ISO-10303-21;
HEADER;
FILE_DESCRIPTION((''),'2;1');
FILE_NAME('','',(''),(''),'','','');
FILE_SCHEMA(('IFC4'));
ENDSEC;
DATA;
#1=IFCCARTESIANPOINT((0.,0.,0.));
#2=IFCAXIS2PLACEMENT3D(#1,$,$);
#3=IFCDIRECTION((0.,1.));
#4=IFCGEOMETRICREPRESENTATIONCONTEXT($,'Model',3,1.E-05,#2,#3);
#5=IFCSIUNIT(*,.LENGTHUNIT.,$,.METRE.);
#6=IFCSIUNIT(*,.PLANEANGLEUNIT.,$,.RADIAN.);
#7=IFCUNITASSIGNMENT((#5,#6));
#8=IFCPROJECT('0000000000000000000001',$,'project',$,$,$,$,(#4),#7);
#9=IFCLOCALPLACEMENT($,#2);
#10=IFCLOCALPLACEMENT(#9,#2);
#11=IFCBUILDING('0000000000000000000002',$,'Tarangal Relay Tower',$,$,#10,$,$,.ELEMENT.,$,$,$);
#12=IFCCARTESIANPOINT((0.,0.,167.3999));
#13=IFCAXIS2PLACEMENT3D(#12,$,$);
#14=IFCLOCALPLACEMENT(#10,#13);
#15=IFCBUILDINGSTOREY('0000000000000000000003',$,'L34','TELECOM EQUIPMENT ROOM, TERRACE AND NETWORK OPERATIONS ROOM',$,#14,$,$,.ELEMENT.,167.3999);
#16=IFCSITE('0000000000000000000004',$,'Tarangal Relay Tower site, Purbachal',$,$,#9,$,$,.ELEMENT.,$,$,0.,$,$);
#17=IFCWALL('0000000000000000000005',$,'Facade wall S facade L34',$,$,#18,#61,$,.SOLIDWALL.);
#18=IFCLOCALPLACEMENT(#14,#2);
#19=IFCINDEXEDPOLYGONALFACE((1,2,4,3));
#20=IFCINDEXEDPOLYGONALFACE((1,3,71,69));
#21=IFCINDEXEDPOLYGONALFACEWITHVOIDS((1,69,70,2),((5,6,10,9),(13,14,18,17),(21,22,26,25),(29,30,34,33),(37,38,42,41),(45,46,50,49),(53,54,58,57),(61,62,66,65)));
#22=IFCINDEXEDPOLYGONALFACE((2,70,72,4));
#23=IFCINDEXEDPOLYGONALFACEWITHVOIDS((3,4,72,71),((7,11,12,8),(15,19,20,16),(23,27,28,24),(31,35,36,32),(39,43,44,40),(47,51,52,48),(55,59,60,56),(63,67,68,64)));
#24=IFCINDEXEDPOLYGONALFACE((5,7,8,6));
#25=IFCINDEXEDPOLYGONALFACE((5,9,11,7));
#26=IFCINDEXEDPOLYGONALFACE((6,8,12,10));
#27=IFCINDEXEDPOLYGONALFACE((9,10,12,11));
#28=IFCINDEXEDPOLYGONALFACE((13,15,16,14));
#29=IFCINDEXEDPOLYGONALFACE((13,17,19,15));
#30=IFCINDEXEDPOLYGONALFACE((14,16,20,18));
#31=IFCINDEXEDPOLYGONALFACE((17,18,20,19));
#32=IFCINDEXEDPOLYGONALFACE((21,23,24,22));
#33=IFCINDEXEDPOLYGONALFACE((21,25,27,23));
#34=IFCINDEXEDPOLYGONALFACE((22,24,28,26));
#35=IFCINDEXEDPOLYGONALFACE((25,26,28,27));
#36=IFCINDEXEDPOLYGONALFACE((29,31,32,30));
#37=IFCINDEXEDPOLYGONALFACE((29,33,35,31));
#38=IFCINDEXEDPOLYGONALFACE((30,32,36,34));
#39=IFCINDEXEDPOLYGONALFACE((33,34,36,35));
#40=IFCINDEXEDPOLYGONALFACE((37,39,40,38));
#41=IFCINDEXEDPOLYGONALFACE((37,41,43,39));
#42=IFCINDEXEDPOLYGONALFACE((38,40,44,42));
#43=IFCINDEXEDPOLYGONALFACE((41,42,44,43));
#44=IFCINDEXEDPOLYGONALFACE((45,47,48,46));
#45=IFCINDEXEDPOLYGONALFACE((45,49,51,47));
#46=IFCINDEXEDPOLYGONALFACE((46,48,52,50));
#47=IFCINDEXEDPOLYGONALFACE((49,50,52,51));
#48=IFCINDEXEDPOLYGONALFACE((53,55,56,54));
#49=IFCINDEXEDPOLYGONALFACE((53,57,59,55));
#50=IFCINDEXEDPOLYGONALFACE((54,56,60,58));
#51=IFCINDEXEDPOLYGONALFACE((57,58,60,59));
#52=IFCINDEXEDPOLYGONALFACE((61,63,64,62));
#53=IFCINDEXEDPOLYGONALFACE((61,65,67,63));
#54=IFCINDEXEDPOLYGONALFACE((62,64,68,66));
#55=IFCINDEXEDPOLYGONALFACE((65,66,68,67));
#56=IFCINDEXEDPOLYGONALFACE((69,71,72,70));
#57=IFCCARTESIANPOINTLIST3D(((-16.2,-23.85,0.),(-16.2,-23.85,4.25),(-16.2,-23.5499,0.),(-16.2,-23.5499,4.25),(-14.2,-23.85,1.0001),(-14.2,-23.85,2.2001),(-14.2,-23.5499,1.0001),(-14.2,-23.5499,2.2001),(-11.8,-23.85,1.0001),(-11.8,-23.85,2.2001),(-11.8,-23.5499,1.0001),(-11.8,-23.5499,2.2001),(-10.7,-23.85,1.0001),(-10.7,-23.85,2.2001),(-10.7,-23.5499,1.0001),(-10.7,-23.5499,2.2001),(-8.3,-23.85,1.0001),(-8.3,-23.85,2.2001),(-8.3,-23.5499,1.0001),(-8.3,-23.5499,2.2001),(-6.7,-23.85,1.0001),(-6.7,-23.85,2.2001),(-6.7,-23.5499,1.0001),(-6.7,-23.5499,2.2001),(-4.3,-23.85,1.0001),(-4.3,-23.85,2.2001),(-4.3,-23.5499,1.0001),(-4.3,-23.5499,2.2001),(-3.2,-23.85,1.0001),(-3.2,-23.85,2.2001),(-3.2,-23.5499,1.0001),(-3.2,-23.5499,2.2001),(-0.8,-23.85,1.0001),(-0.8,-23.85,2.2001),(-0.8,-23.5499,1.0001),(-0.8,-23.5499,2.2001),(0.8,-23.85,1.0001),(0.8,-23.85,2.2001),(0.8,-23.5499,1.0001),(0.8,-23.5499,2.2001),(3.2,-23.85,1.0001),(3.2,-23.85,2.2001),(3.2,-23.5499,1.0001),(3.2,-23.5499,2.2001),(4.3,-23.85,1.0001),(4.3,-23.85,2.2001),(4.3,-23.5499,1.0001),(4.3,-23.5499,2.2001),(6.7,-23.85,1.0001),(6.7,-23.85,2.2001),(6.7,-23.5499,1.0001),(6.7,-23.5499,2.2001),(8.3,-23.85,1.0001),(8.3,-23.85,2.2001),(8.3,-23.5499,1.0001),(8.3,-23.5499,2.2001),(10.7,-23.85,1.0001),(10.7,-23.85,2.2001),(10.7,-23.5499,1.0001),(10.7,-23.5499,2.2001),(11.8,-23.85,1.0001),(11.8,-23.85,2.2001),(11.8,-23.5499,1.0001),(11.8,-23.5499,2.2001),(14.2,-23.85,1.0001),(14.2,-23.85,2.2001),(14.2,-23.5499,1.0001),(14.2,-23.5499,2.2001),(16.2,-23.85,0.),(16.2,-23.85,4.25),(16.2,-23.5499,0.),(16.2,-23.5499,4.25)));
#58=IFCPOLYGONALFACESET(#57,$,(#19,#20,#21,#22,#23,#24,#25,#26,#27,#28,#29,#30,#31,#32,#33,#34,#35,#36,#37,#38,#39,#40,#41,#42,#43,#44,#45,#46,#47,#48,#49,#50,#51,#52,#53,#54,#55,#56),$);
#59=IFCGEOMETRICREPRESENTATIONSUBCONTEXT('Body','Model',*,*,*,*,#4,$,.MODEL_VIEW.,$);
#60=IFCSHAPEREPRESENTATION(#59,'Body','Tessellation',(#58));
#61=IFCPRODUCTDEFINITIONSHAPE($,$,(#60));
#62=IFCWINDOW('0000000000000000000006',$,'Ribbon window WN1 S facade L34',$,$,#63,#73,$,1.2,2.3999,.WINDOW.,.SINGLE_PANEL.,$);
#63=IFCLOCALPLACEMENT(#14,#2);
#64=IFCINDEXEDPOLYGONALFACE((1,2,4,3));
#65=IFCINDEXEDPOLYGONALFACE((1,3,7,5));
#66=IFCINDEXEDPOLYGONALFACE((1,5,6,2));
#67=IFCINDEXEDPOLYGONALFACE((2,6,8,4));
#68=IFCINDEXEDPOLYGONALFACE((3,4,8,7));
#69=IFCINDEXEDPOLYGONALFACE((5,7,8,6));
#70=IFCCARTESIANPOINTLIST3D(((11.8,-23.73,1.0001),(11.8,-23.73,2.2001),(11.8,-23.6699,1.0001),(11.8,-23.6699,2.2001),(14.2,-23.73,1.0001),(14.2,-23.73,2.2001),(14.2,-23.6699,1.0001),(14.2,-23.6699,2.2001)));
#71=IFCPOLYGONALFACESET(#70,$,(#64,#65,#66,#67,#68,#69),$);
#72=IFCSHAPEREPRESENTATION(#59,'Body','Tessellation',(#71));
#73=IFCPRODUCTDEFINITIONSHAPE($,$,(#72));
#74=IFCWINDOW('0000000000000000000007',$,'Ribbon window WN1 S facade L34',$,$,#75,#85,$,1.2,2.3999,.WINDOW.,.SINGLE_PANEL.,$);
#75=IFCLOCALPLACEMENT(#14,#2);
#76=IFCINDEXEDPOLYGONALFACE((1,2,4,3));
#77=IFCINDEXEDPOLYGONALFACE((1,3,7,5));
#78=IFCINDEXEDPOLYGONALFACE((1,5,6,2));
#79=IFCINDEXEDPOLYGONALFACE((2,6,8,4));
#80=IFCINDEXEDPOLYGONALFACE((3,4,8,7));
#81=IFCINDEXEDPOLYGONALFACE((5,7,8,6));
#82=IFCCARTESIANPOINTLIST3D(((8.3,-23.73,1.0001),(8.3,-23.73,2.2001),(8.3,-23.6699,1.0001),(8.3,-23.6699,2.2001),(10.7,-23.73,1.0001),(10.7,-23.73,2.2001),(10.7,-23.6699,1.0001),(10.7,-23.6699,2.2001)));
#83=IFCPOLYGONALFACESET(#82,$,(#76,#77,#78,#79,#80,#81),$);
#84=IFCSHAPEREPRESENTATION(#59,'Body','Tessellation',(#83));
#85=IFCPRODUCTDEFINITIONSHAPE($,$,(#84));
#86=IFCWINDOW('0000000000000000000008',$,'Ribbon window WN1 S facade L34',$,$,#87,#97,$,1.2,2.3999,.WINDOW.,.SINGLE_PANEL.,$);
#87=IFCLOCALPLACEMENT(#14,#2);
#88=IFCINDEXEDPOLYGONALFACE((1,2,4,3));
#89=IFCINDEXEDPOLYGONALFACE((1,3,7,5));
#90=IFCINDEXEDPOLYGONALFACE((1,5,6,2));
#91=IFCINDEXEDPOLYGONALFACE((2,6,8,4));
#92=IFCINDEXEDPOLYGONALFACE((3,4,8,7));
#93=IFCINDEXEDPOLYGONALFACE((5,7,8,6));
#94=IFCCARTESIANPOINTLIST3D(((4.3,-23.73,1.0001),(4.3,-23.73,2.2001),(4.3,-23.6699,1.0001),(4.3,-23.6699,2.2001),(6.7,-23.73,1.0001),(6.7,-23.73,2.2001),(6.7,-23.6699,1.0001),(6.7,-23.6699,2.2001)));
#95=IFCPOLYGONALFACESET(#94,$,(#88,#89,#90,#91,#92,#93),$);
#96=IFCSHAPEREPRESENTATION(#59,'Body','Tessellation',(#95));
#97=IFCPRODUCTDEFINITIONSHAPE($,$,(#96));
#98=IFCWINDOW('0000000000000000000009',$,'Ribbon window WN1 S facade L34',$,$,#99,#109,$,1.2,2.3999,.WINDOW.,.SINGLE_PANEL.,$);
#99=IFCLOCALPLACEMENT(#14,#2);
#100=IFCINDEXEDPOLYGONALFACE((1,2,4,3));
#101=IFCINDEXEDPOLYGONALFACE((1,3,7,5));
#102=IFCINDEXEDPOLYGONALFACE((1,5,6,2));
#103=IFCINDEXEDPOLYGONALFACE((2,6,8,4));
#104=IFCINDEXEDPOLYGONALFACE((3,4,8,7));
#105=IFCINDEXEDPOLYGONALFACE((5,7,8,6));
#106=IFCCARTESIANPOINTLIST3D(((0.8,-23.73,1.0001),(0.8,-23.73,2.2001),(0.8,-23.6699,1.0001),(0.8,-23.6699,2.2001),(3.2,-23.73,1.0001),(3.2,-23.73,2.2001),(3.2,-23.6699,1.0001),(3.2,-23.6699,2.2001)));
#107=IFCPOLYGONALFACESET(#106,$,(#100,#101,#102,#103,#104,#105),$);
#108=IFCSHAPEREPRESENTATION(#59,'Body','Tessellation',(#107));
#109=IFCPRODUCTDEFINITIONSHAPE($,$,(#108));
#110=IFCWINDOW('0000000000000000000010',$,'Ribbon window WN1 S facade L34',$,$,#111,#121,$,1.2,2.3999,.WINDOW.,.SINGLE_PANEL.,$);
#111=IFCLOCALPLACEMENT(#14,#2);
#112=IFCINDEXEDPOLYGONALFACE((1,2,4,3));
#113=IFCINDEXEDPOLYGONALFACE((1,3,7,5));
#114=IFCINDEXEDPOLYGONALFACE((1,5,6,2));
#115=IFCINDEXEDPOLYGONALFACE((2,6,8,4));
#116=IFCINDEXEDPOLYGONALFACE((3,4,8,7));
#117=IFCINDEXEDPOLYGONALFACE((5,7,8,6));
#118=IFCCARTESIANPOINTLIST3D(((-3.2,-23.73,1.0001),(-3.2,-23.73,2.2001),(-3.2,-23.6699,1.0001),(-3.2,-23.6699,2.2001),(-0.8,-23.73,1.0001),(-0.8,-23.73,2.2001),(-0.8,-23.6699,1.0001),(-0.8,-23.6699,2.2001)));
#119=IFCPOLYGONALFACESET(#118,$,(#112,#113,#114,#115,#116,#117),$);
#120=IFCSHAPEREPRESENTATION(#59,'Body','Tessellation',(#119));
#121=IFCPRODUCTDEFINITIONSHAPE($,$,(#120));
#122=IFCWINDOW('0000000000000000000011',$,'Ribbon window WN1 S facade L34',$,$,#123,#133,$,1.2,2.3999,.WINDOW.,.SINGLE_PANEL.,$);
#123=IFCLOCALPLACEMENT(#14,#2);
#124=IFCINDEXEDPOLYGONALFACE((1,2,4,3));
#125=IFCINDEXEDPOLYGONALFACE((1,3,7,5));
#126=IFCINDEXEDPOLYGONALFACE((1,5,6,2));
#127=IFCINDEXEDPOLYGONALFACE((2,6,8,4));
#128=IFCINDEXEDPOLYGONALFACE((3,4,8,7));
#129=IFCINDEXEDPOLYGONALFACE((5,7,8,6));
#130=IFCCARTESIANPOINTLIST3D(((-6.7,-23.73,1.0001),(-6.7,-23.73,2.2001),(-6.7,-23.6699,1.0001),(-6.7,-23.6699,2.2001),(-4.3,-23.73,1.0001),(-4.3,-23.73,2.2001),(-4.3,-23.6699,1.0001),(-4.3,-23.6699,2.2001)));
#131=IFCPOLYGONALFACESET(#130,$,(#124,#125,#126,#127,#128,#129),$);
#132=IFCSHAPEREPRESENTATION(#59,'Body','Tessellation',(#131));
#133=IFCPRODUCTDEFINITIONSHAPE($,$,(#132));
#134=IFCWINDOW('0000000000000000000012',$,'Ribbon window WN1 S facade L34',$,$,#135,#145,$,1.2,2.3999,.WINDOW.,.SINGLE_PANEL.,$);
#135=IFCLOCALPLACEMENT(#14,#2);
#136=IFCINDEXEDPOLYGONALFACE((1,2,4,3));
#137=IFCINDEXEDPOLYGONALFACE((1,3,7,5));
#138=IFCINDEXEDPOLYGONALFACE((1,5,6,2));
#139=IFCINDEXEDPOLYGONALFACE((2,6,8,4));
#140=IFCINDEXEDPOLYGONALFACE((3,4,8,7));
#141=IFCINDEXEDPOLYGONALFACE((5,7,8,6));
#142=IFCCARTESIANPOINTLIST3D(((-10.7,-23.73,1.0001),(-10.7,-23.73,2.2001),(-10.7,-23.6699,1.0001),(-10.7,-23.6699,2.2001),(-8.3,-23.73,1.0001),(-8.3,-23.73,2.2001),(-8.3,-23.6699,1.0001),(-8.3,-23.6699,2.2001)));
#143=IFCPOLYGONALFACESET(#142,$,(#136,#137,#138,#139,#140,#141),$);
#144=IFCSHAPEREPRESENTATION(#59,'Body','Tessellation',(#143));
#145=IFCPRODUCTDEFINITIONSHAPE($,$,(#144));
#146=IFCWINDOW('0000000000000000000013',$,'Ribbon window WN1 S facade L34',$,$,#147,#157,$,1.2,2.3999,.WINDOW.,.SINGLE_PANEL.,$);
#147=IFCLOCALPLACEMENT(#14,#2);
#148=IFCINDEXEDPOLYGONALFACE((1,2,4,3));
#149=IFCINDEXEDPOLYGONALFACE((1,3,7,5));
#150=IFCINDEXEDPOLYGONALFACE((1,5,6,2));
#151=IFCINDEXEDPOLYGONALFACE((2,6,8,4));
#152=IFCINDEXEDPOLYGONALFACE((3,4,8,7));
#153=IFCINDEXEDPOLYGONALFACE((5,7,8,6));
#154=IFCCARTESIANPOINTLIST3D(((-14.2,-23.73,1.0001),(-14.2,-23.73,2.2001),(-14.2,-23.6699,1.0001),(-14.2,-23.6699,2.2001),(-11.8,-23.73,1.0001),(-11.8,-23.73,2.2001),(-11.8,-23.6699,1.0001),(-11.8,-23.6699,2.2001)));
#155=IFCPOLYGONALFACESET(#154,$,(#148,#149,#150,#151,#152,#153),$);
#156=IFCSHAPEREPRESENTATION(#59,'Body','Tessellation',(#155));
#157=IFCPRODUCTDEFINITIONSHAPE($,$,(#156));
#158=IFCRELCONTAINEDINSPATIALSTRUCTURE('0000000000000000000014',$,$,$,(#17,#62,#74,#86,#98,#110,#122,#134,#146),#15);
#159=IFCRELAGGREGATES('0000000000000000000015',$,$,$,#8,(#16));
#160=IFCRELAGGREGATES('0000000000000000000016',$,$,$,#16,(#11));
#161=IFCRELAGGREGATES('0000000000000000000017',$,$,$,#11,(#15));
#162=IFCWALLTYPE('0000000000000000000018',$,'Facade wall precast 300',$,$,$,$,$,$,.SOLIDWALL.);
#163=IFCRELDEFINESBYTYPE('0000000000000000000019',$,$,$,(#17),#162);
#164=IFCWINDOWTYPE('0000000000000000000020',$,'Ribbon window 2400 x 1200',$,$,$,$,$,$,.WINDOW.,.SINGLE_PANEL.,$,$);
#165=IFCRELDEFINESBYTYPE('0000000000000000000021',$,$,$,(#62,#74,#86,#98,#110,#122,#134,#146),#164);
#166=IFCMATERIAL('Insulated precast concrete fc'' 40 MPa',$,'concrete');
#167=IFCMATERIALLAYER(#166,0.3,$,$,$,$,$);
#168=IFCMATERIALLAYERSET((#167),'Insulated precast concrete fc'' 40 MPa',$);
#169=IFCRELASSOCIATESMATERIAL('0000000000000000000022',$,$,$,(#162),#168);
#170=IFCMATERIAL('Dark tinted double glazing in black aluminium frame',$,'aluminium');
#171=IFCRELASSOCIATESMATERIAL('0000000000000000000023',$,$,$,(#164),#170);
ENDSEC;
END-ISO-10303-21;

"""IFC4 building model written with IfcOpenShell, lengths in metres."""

from ifc_helpers import new_model, si_unit, direction, frame, frame_2d, origin, place, context, subcontext, project, spatial, rectangle, extrude, material, layer, layer_set, type_object, element, fill, save


model = new_model("IFC4")

# Units and contexts
model_context = context("Model", 3, precision=1e-05, world=origin(), true_north=direction((0.0, 1.0)))
body_context = subcontext(model_context, "Body", "Model", "MODEL_VIEW")
ifc_project = project(units=[si_unit("LENGTHUNIT", "METRE"), si_unit("PLANEANGLEUNIT", "RADIAN")], contexts=[model_context])

# Site, building, storey
site_placement = place(None, origin())
site = spatial("IfcSite", under=ifc_project, at=site_placement, Name="Tarangal Relay Tower site, Purbachal", CompositionType="ELEMENT", RefElevation=0.0)
building_placement = place(site_placement, origin())
building = spatial("IfcBuilding", under=site, at=building_placement, Name="Tarangal Relay Tower", CompositionType="ELEMENT")
storey_placement = place(building_placement, frame((0.0, 0.0, 167.3999)))
storey = spatial("IfcBuildingStorey", under=building, at=storey_placement, Name="L34", Description="TELECOM EQUIPMENT ROOM, TERRACE AND NETWORK OPERATIONS ROOM", CompositionType="ELEMENT", Elevation=167.3999)

# Shared definitions
ifc_material_1 = material(Name="Insulated precast concrete fc' 40 MPa", Category="concrete")
ifc_layer_1 = layer(ifc_material_1, 0.3)
ifc_layer_set_1 = layer_set([ifc_layer_1], Name="Insulated precast concrete fc' 40 MPa")
wall_type_1 = type_object("IfcWallType", Name="Facade wall precast 300", PredefinedType="SOLIDWALL", material=ifc_layer_set_1)

# Wall, openings, windows
wall_1_placement = place(storey_placement, frame((16.2, -23.7, 0.0), z_axis=(0.0, 0.0, 1.0), x_axis=(-1.0, 0.0, 0.0)))
wall_1 = element("IfcWall", 1, at=wall_1_placement, inside=storey, type_object=wall_type_1, Name="Facade wall S facade L34", PredefinedType="SOLIDWALL", context=body_context, shape_type="SweptSolid", body=[
    extrude(rectangle(XDim=32.3999, YDim=0.3, at=frame_2d((16.2, 0.0))), origin(), (0.0, 0.0, 1.0), 4.25),
])
opening_1_placement = place(wall_1_placement, frame((2.0, 0.0, 1.0)))
opening_1 = element("IfcOpeningElement", 2, at=opening_1_placement, cuts=wall_1, PredefinedType="OPENING", context=body_context, shape_type="SweptSolid", body=[
    extrude(rectangle(XDim=2.3999, YDim=1.2, at=frame_2d((1.2, 0.6001))), frame((0.0, 0.1599, 0.0), z_axis=(0.0, -1.0, 0.0), x_axis=(1.0, 0.0, 0.0)), (0.0, 0.0, 1.0), 0.3201),
])
opening_2_placement = place(wall_1_placement, frame((5.5, 0.0, 1.0)))
opening_2 = element("IfcOpeningElement", 3, at=opening_2_placement, cuts=wall_1, PredefinedType="OPENING", context=body_context, shape_type="SweptSolid", body=[
    extrude(rectangle(XDim=2.3999, YDim=1.2, at=frame_2d((1.2, 0.6001))), frame((0.0, 0.1599, 0.0), z_axis=(0.0, -1.0, 0.0), x_axis=(1.0, 0.0, 0.0)), (0.0, 0.0, 1.0), 0.3201),
])
opening_3_placement = place(wall_1_placement, frame((9.5, 0.0, 1.0)))
opening_3 = element("IfcOpeningElement", 4, at=opening_3_placement, cuts=wall_1, PredefinedType="OPENING", context=body_context, shape_type="SweptSolid", body=[
    extrude(rectangle(XDim=2.3999, YDim=1.2, at=frame_2d((1.2, 0.6001))), frame((0.0, 0.1599, 0.0), z_axis=(0.0, -1.0, 0.0), x_axis=(1.0, 0.0, 0.0)), (0.0, 0.0, 1.0), 0.3201),
])
opening_4_placement = place(wall_1_placement, frame((13.0, 0.0, 1.0)))
opening_4 = element("IfcOpeningElement", 5, at=opening_4_placement, cuts=wall_1, PredefinedType="OPENING", context=body_context, shape_type="SweptSolid", body=[
    extrude(rectangle(XDim=2.3999, YDim=1.2, at=frame_2d((1.2, 0.6001))), frame((0.0, 0.1599, 0.0), z_axis=(0.0, -1.0, 0.0), x_axis=(1.0, 0.0, 0.0)), (0.0, 0.0, 1.0), 0.3201),
])
opening_5_placement = place(wall_1_placement, frame((17.0, 0.0, 1.0)))
opening_5 = element("IfcOpeningElement", 6, at=opening_5_placement, cuts=wall_1, PredefinedType="OPENING", context=body_context, shape_type="SweptSolid", body=[
    extrude(rectangle(XDim=2.3999, YDim=1.2, at=frame_2d((1.2, 0.6001))), frame((0.0, 0.1599, 0.0), z_axis=(0.0, -1.0, 0.0), x_axis=(1.0, 0.0, 0.0)), (0.0, 0.0, 1.0), 0.3201),
])
opening_6_placement = place(wall_1_placement, frame((20.5, 0.0, 1.0)))
opening_6 = element("IfcOpeningElement", 7, at=opening_6_placement, cuts=wall_1, PredefinedType="OPENING", context=body_context, shape_type="SweptSolid", body=[
    extrude(rectangle(XDim=2.3999, YDim=1.2, at=frame_2d((1.2, 0.6001))), frame((0.0, 0.1599, 0.0), z_axis=(0.0, -1.0, 0.0), x_axis=(1.0, 0.0, 0.0)), (0.0, 0.0, 1.0), 0.3201),
])
opening_7_placement = place(wall_1_placement, frame((24.5, 0.0, 1.0)))
opening_7 = element("IfcOpeningElement", 8, at=opening_7_placement, cuts=wall_1, PredefinedType="OPENING", context=body_context, shape_type="SweptSolid", body=[
    extrude(rectangle(XDim=2.3999, YDim=1.2, at=frame_2d((1.2, 0.6001))), frame((0.0, 0.1599, 0.0), z_axis=(0.0, -1.0, 0.0), x_axis=(1.0, 0.0, 0.0)), (0.0, 0.0, 1.0), 0.3201),
])
opening_8_placement = place(wall_1_placement, frame((28.0, 0.0, 1.0)))
opening_8 = element("IfcOpeningElement", 9, at=opening_8_placement, cuts=wall_1, PredefinedType="OPENING", context=body_context, shape_type="SweptSolid", body=[
    extrude(rectangle(XDim=2.3999, YDim=1.2, at=frame_2d((1.2, 0.6001))), frame((0.0, 0.1599, 0.0), z_axis=(0.0, -1.0, 0.0), x_axis=(1.0, 0.0, 0.0)), (0.0, 0.0, 1.0), 0.3201),
])
ifc_material_2 = material(Name="Dark tinted double glazing in black aluminium frame", Category="aluminium")
window_type = type_object("IfcWindowType", Name="Ribbon window 2400 x 1200", PartitioningType="SINGLE_PANEL", PredefinedType="WINDOW", material=ifc_material_2)
window_1_placement = place(opening_1_placement, origin())
window_1 = element("IfcWindow", 10, at=window_1_placement, inside=storey, type_object=window_type, Name="Ribbon window WN1 S facade L34", OverallHeight=1.2, OverallWidth=2.3999, PartitioningType="SINGLE_PANEL", PredefinedType="WINDOW", context=body_context, shape_type="SweptSolid", body=[
    extrude(rectangle(XDim=2.3999, YDim=1.2, at=frame_2d((1.2, 0.6001))), frame((0.0, 0.03, 0.0), z_axis=(0.0, -1.0, 0.0), x_axis=(1.0, 0.0, 0.0)), (0.0, 0.0, 1.0), 0.0601),
])
fill(opening_1, window_1)
window_2_placement = place(opening_2_placement, origin())
window_2 = element("IfcWindow", 11, at=window_2_placement, inside=storey, type_object=window_type, Name="Ribbon window WN1 S facade L34", OverallHeight=1.2, OverallWidth=2.3999, PartitioningType="SINGLE_PANEL", PredefinedType="WINDOW", context=body_context, shape_type="SweptSolid", body=[
    extrude(rectangle(XDim=2.3999, YDim=1.2, at=frame_2d((1.2, 0.6001))), frame((0.0, 0.03, 0.0), z_axis=(0.0, -1.0, 0.0), x_axis=(1.0, 0.0, 0.0)), (0.0, 0.0, 1.0), 0.0601),
])
fill(opening_2, window_2)
window_3_placement = place(opening_3_placement, origin())
window_3 = element("IfcWindow", 12, at=window_3_placement, inside=storey, type_object=window_type, Name="Ribbon window WN1 S facade L34", OverallHeight=1.2, OverallWidth=2.3999, PartitioningType="SINGLE_PANEL", PredefinedType="WINDOW", context=body_context, shape_type="SweptSolid", body=[
    extrude(rectangle(XDim=2.3999, YDim=1.2, at=frame_2d((1.2, 0.6001))), frame((0.0, 0.03, 0.0), z_axis=(0.0, -1.0, 0.0), x_axis=(1.0, 0.0, 0.0)), (0.0, 0.0, 1.0), 0.0601),
])
fill(opening_3, window_3)
window_4_placement = place(opening_4_placement, origin())
window_4 = element("IfcWindow", 13, at=window_4_placement, inside=storey, type_object=window_type, Name="Ribbon window WN1 S facade L34", OverallHeight=1.2, OverallWidth=2.3999, PartitioningType="SINGLE_PANEL", PredefinedType="WINDOW", context=body_context, shape_type="SweptSolid", body=[
    extrude(rectangle(XDim=2.3999, YDim=1.2, at=frame_2d((1.2, 0.6001))), frame((0.0, 0.03, 0.0), z_axis=(0.0, -1.0, 0.0), x_axis=(1.0, 0.0, 0.0)), (0.0, 0.0, 1.0), 0.0601),
])
fill(opening_4, window_4)
window_5_placement = place(opening_5_placement, origin())
window_5 = element("IfcWindow", 14, at=window_5_placement, inside=storey, type_object=window_type, Name="Ribbon window WN1 S facade L34", OverallHeight=1.2, OverallWidth=2.3999, PartitioningType="SINGLE_PANEL", PredefinedType="WINDOW", context=body_context, shape_type="SweptSolid", body=[
    extrude(rectangle(XDim=2.3999, YDim=1.2, at=frame_2d((1.2, 0.6001))), frame((0.0, 0.03, 0.0), z_axis=(0.0, -1.0, 0.0), x_axis=(1.0, 0.0, 0.0)), (0.0, 0.0, 1.0), 0.0601),
])
fill(opening_5, window_5)
window_6_placement = place(opening_6_placement, origin())
window_6 = element("IfcWindow", 15, at=window_6_placement, inside=storey, type_object=window_type, Name="Ribbon window WN1 S facade L34", OverallHeight=1.2, OverallWidth=2.3999, PartitioningType="SINGLE_PANEL", PredefinedType="WINDOW", context=body_context, shape_type="SweptSolid", body=[
    extrude(rectangle(XDim=2.3999, YDim=1.2, at=frame_2d((1.2, 0.6001))), frame((0.0, 0.03, 0.0), z_axis=(0.0, -1.0, 0.0), x_axis=(1.0, 0.0, 0.0)), (0.0, 0.0, 1.0), 0.0601),
])
fill(opening_6, window_6)
window_7_placement = place(opening_7_placement, origin())
window_7 = element("IfcWindow", 16, at=window_7_placement, inside=storey, type_object=window_type, Name="Ribbon window WN1 S facade L34", OverallHeight=1.2, OverallWidth=2.3999, PartitioningType="SINGLE_PANEL", PredefinedType="WINDOW", context=body_context, shape_type="SweptSolid", body=[
    extrude(rectangle(XDim=2.3999, YDim=1.2, at=frame_2d((1.2, 0.6001))), frame((0.0, 0.03, 0.0), z_axis=(0.0, -1.0, 0.0), x_axis=(1.0, 0.0, 0.0)), (0.0, 0.0, 1.0), 0.0601),
])
fill(opening_7, window_7)
window_8_placement = place(opening_8_placement, origin())
window_8 = element("IfcWindow", 17, at=window_8_placement, inside=storey, type_object=window_type, Name="Ribbon window WN1 S facade L34", OverallHeight=1.2, OverallWidth=2.3999, PartitioningType="SINGLE_PANEL", PredefinedType="WINDOW", context=body_context, shape_type="SweptSolid", body=[
    extrude(rectangle(XDim=2.3999, YDim=1.2, at=frame_2d((1.2, 0.6001))), frame((0.0, 0.03, 0.0), z_axis=(0.0, -1.0, 0.0), x_axis=(1.0, 0.0, 0.0)), (0.0, 0.0, 1.0), 0.0601),
])
fill(opening_8, window_8)

save(model, "model.ifc")
